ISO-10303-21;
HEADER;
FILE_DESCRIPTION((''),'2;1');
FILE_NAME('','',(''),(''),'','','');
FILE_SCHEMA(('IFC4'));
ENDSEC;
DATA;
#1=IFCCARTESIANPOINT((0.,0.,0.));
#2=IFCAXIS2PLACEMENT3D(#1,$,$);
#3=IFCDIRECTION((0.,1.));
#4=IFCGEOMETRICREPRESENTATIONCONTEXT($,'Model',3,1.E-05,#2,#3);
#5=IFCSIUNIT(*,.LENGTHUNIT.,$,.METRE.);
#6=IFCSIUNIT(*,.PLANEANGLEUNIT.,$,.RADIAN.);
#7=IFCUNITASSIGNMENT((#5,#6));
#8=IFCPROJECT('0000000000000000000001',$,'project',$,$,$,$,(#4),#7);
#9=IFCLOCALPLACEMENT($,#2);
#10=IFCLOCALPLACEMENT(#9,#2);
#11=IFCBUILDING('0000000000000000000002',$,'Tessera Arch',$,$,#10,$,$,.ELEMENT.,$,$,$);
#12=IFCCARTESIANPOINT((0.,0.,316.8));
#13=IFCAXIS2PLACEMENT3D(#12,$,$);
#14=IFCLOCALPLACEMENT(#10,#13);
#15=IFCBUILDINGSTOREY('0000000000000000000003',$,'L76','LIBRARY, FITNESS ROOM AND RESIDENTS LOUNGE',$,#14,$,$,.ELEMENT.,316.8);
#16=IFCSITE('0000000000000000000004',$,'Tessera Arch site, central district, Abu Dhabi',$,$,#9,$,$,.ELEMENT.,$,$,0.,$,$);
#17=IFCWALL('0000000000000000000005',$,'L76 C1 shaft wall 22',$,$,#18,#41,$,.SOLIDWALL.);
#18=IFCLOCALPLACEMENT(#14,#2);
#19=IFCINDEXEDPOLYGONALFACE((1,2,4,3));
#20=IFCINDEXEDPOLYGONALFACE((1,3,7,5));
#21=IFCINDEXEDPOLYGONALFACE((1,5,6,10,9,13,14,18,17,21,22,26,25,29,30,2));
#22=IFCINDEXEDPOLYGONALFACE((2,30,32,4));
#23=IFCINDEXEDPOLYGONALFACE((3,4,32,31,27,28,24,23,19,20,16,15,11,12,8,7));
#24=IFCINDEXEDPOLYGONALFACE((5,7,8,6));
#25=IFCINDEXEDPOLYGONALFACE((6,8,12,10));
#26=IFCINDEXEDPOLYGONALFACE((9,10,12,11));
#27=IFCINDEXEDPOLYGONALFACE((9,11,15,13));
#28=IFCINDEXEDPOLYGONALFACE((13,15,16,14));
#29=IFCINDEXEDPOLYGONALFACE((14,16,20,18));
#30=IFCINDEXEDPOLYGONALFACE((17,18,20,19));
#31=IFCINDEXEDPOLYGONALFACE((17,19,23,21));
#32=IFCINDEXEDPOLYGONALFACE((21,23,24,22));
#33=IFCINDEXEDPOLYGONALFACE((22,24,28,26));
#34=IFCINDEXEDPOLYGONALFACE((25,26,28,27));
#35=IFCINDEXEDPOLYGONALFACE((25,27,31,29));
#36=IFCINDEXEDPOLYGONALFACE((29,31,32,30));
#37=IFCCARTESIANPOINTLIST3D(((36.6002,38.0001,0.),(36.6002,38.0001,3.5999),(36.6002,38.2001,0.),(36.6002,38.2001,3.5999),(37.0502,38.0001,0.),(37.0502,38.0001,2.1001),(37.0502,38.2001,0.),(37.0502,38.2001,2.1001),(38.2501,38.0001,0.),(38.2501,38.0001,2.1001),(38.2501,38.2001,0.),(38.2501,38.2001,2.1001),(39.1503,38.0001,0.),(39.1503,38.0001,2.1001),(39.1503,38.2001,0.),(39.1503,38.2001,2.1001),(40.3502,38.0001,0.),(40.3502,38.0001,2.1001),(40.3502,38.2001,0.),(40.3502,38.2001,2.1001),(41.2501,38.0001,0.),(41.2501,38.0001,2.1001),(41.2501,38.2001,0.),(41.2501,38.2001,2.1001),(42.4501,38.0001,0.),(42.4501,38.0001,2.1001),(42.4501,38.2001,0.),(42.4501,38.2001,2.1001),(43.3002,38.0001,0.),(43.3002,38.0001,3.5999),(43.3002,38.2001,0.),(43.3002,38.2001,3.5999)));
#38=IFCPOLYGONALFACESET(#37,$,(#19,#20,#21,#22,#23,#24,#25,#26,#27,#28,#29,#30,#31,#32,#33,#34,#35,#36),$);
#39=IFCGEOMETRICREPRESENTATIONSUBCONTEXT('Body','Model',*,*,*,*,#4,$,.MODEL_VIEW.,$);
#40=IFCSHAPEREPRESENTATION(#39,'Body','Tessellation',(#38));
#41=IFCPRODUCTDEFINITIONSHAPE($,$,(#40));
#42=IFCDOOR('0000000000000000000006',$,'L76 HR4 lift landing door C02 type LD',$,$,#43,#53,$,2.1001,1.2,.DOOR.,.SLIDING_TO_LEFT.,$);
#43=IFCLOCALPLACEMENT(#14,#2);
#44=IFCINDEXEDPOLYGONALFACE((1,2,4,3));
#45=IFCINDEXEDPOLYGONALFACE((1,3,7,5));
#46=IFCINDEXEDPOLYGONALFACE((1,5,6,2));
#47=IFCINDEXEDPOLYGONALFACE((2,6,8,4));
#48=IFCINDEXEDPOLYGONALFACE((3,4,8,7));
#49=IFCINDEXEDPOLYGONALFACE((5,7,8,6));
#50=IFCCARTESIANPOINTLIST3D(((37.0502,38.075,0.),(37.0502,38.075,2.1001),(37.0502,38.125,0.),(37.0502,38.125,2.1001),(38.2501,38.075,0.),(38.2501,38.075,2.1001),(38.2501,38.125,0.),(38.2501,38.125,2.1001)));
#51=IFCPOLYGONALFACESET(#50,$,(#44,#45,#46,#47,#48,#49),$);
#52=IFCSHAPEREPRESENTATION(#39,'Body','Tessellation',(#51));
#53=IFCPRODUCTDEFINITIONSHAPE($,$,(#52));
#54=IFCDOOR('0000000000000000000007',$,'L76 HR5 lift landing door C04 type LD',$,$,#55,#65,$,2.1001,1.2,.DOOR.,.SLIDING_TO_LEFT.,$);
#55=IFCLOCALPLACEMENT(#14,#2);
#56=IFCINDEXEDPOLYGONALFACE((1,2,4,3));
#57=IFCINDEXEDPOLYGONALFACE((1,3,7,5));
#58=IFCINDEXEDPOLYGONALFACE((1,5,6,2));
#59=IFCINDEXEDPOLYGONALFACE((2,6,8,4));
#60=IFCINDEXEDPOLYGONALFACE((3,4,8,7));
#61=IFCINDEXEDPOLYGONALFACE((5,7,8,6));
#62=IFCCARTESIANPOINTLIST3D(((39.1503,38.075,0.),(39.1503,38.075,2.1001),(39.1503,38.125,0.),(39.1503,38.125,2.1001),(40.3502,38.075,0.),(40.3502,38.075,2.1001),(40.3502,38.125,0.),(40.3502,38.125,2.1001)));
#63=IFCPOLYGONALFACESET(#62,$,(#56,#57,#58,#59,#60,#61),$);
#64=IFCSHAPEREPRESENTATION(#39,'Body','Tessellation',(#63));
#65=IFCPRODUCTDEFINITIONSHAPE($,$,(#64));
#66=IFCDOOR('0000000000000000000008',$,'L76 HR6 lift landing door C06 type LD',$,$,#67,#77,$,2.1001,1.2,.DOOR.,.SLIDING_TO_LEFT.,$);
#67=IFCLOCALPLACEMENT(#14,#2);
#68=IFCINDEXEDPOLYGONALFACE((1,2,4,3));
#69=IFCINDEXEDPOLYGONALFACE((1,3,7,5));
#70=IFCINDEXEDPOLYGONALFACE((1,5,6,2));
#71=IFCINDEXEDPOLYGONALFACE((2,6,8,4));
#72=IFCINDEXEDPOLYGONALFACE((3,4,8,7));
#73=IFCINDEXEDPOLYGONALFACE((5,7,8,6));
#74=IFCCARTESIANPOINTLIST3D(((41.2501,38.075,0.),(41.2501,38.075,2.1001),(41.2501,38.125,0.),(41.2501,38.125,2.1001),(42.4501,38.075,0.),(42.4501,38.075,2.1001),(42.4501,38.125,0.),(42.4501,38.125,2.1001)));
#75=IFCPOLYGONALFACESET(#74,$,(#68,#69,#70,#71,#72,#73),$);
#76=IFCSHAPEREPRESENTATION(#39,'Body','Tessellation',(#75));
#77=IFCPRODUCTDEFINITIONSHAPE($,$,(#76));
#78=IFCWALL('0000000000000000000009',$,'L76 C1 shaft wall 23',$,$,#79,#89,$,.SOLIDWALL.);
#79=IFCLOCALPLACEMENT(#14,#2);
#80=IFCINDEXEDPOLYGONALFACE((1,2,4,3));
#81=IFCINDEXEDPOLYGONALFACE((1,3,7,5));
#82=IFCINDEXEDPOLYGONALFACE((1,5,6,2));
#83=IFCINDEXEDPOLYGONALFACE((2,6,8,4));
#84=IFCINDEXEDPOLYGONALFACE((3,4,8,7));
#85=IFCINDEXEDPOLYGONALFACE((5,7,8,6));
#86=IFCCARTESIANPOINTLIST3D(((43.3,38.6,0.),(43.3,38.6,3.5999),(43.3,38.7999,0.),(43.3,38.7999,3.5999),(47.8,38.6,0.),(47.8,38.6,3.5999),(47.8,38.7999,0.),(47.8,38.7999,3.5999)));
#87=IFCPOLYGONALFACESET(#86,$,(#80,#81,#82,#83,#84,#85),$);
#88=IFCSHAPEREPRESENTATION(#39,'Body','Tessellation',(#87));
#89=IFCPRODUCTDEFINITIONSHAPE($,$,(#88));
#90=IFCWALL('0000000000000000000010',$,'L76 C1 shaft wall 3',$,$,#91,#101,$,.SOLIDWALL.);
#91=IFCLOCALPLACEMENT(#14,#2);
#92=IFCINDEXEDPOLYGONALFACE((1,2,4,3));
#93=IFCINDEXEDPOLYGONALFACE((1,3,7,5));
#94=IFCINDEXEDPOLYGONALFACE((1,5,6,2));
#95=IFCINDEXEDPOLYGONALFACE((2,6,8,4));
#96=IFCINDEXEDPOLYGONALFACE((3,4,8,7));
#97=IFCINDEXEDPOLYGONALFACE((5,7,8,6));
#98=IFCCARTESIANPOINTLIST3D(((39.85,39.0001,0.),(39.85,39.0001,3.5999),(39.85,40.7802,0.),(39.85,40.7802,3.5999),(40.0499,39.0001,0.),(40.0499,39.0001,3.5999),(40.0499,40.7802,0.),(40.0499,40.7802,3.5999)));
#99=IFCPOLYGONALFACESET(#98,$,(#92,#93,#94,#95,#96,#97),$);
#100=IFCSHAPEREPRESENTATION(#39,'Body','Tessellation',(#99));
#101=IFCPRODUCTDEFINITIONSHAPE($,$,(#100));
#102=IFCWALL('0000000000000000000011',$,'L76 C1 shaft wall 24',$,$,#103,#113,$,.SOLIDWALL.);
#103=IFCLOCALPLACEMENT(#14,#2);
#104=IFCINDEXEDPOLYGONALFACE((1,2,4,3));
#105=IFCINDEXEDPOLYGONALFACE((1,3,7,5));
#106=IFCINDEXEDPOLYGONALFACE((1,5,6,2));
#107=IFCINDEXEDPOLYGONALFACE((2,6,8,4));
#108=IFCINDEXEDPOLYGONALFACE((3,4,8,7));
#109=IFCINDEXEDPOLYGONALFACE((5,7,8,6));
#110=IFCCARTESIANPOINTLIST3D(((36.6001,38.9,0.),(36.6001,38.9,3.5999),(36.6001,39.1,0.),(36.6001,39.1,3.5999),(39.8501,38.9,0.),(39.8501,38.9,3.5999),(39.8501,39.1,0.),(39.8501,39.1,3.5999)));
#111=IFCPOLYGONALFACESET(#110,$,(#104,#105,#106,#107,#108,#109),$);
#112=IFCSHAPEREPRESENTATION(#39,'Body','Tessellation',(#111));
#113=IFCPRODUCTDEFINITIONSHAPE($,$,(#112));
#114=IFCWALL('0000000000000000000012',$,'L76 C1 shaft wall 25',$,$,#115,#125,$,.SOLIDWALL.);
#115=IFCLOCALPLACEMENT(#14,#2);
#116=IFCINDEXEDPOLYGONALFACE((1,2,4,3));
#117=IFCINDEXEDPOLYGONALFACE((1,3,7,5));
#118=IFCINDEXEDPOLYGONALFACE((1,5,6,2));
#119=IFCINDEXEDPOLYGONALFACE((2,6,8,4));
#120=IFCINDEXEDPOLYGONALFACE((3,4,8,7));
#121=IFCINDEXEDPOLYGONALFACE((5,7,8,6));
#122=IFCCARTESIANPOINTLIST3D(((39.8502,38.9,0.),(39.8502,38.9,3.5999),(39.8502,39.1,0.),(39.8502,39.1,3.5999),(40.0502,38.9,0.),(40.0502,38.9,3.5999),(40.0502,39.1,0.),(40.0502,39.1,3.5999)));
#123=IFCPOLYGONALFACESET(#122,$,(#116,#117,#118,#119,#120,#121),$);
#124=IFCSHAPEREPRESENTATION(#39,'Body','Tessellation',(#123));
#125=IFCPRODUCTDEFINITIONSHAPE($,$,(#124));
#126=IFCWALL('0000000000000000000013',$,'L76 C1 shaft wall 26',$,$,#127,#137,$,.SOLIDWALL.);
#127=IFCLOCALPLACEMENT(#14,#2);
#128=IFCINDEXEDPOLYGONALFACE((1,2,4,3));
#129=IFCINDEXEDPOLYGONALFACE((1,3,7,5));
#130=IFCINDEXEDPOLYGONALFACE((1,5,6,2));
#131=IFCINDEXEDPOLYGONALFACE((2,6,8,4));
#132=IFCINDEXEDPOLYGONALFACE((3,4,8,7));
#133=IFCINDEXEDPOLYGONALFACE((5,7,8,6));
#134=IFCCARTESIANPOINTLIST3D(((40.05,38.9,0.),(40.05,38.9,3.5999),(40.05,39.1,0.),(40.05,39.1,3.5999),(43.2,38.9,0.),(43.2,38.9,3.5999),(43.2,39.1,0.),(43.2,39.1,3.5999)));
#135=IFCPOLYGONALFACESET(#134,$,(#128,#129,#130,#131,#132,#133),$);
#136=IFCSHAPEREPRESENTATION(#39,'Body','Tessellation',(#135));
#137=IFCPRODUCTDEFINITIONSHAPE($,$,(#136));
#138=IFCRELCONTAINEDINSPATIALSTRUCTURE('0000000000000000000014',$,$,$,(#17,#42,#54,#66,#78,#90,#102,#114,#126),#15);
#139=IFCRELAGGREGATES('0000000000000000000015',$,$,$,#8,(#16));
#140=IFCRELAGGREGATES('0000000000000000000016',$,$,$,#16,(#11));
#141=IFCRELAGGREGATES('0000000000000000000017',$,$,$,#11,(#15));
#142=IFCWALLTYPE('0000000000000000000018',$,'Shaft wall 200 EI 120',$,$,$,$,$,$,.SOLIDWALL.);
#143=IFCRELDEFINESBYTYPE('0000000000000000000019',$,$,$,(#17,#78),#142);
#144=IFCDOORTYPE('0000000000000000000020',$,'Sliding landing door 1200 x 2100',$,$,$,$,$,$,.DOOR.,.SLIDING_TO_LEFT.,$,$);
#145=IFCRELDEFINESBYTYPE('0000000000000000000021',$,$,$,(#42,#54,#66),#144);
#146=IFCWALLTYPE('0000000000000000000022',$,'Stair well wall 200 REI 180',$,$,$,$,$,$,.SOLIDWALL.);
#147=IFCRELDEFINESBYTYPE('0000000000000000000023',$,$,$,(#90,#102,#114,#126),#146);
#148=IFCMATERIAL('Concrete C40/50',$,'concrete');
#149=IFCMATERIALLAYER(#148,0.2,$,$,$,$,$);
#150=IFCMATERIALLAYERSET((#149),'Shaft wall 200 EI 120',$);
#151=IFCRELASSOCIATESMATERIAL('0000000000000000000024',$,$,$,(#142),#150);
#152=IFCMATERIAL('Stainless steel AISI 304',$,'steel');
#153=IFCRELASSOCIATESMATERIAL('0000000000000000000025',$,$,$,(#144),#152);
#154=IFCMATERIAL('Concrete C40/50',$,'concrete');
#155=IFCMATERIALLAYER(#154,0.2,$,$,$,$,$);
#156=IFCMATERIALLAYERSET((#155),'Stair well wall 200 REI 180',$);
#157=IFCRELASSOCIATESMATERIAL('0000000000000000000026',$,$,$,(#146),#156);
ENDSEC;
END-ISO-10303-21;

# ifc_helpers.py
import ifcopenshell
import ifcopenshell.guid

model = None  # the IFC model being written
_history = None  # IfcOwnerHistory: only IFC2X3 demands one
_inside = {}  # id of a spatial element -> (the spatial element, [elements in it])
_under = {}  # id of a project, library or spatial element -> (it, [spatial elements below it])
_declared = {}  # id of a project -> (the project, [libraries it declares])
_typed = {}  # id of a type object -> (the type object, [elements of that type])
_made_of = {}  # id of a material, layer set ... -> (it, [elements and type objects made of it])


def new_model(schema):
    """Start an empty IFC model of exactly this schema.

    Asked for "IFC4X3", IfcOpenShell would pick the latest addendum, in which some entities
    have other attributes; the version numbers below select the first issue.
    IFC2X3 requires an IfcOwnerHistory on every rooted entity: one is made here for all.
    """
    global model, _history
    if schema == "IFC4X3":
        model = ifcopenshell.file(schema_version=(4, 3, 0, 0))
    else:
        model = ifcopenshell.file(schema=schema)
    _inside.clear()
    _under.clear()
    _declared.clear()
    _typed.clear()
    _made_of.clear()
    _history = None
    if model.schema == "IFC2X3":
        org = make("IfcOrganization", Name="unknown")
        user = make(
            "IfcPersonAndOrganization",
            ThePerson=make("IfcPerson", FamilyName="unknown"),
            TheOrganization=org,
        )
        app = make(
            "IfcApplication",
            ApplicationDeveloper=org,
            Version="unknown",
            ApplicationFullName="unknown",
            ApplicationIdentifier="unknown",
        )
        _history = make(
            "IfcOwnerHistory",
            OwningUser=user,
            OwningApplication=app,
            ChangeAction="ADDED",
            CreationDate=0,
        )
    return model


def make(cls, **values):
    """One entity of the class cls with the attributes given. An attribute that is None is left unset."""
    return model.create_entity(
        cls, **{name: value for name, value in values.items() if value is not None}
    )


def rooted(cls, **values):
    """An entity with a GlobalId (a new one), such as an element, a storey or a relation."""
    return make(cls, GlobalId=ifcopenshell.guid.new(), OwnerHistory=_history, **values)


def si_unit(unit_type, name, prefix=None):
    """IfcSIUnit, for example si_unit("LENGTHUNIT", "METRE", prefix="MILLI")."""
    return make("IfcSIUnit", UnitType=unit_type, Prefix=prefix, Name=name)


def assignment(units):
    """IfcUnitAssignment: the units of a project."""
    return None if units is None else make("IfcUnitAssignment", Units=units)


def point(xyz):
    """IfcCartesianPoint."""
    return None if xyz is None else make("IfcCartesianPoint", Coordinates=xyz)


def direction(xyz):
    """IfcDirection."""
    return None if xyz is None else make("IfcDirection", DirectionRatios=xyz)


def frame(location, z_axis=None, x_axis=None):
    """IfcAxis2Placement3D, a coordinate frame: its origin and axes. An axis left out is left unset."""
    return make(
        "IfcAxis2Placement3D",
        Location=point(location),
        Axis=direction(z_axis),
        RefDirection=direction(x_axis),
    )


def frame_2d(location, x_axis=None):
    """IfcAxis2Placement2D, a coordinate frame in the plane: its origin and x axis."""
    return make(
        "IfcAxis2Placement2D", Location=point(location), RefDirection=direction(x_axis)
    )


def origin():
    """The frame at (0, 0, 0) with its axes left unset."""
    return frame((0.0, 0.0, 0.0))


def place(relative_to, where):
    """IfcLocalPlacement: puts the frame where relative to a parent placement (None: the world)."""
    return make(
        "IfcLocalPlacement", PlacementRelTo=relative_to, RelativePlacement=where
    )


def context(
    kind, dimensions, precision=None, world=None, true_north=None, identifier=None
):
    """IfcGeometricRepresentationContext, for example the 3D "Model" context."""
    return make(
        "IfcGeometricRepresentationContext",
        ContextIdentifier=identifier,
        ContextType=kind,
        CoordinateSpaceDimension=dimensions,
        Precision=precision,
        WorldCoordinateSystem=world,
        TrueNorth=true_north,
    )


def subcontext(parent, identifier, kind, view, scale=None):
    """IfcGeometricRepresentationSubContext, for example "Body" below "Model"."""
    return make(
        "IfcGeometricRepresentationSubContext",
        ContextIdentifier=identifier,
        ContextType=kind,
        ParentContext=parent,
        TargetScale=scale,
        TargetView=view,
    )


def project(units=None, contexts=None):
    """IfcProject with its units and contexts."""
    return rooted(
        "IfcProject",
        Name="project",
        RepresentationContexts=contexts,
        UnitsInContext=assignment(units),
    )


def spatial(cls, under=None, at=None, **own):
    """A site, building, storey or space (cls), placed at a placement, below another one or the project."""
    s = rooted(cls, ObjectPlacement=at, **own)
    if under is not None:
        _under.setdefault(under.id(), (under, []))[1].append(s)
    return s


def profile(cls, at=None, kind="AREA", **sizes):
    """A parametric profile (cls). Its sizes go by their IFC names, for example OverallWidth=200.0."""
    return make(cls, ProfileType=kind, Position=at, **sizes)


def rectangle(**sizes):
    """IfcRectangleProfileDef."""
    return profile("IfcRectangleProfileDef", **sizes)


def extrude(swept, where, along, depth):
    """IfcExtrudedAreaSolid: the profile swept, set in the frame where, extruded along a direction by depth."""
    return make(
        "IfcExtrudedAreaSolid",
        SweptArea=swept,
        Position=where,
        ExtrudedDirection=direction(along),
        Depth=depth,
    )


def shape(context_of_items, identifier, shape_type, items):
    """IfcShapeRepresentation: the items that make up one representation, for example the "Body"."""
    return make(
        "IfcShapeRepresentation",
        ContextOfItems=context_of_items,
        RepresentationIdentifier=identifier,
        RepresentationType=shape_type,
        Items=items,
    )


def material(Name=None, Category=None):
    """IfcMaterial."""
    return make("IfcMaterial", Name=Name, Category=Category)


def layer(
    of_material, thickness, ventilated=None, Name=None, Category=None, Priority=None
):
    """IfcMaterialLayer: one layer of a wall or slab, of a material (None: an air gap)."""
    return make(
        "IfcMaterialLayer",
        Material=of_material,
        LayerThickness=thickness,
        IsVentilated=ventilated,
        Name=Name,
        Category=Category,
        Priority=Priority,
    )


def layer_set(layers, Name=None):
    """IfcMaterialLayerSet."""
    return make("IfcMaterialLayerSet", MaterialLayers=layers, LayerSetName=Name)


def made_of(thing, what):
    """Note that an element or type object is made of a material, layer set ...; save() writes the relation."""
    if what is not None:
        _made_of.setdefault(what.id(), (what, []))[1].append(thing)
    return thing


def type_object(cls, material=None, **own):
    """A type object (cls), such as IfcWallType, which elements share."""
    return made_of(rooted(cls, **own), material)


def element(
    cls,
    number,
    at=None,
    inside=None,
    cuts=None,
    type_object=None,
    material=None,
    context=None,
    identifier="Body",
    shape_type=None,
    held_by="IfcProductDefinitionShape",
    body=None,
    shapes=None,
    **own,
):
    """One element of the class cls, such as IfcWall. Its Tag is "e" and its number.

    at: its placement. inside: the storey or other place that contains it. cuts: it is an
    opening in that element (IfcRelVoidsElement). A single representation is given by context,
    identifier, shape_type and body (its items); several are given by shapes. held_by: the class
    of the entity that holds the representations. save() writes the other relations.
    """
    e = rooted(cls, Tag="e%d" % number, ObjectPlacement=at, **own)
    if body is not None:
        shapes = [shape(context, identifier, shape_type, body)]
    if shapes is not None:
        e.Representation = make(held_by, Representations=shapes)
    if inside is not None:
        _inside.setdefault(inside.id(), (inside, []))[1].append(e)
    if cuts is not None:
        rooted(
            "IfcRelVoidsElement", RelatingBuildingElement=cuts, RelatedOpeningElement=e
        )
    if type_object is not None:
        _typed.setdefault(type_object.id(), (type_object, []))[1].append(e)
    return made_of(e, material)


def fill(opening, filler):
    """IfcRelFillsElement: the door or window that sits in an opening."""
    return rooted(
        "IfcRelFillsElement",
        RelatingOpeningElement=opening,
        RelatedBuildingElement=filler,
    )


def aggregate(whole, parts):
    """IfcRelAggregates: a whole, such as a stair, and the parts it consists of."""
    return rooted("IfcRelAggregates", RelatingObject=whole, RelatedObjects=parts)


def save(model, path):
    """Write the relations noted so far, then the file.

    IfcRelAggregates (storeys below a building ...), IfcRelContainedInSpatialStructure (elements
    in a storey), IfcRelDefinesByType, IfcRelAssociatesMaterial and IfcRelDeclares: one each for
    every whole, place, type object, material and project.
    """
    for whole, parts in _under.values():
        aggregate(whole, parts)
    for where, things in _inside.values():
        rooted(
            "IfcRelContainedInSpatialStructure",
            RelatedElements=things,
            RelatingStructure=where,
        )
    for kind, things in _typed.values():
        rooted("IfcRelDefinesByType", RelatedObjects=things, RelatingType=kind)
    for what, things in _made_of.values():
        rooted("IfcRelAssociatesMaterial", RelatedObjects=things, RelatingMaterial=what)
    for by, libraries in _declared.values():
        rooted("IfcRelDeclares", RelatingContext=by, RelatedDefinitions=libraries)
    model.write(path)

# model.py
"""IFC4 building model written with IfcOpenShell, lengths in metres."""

from ifc_helpers import new_model, si_unit, direction, frame, frame_2d, origin, place, context, subcontext, project, spatial, rectangle, extrude, material, layer, layer_set, type_object, element, fill, save


model = new_model("IFC4")

# Units and contexts
model_context = context("Model", 3, precision=1e-05, world=origin(), true_north=direction((0.0, 1.0)))
body_context = subcontext(model_context, "Body", "Model", "MODEL_VIEW")
ifc_project = project(units=[si_unit("LENGTHUNIT", "METRE"), si_unit("PLANEANGLEUNIT", "RADIAN")], contexts=[model_context])

# Site, building, storey
site_placement = place(None, origin())
site = spatial("IfcSite", under=ifc_project, at=site_placement, Name="Tessera Arch site, central district, Abu Dhabi", CompositionType="ELEMENT", RefElevation=0.0)
building_placement = place(site_placement, origin())
building = spatial("IfcBuilding", under=site, at=building_placement, Name="Tessera Arch", CompositionType="ELEMENT")
storey_placement = place(building_placement, frame((0.0, 0.0, 316.8)))
storey = spatial("IfcBuildingStorey", under=building, at=storey_placement, Name="L76", Description="LIBRARY, FITNESS ROOM AND RESIDENTS LOUNGE", CompositionType="ELEMENT", Elevation=316.8)

# Shared definitions
ifc_material_1 = material(Name="Concrete C40/50", Category="concrete")
ifc_layer_1 = layer(ifc_material_1, 0.2)
ifc_layer_set_1 = layer_set([ifc_layer_1], Name="Shaft wall 200 EI 120")
wall_type_1 = type_object("IfcWallType", Name="Shaft wall 200 EI 120", PredefinedType="SOLIDWALL", material=ifc_layer_set_1)

# Shared definitions
ifc_material_2 = material(Name="Stainless steel AISI 304", Category="steel")
door_type_1 = type_object("IfcDoorType", Name="Sliding landing door 1200 x 2100", OperationType="SLIDING_TO_LEFT", PredefinedType="DOOR", material=ifc_material_2)

# Wall, openings, doors
wall_1_placement = place(storey_placement, frame((36.6001, 38.1001, 0.0), z_axis=(0.0, 0.0, 1.0), x_axis=(1.0, 0.0, 0.0)))
wall_1 = element("IfcWall", 1, at=wall_1_placement, inside=storey, type_object=wall_type_1, Name="L76 C1 shaft wall 22", PredefinedType="SOLIDWALL", context=body_context, shape_type="SweptSolid", body=[
    extrude(rectangle(XDim=6.7, YDim=0.2, at=frame_2d((3.3501, 0.0))), origin(), (0.0, 0.0, 1.0), 3.5999),
])
opening_1_placement = place(wall_1_placement, frame((0.45, 0.0, 0.0)))
opening_1 = element("IfcOpeningElement", 2, at=opening_1_placement, cuts=wall_1, PredefinedType="OPENING", context=body_context, shape_type="SweptSolid", body=[
    extrude(rectangle(XDim=1.2, YDim=2.1001, at=frame_2d((0.6001, 1.05))), frame((0.0, 0.1099, 0.0), z_axis=(0.0, -1.0, 0.0), x_axis=(1.0, 0.0, 0.0)), (0.0, 0.0, 1.0), 0.22),
])
opening_2_placement = place(wall_1_placement, frame((2.55, 0.0, 0.0)))
opening_2 = element("IfcOpeningElement", 3, at=opening_2_placement, cuts=wall_1, PredefinedType="OPENING", context=body_context, shape_type="SweptSolid", body=[
    extrude(rectangle(XDim=1.2, YDim=2.1001, at=frame_2d((0.6001, 1.05))), frame((0.0, 0.1099, 0.0), z_axis=(0.0, -1.0, 0.0), x_axis=(1.0, 0.0, 0.0)), (0.0, 0.0, 1.0), 0.22),
])
opening_3_placement = place(wall_1_placement, frame((4.6499, 0.0, 0.0)))
opening_3 = element("IfcOpeningElement", 4, at=opening_3_placement, cuts=wall_1, PredefinedType="OPENING", context=body_context, shape_type="SweptSolid", body=[
    extrude(rectangle(XDim=1.2, YDim=2.1001, at=frame_2d((0.6001, 1.05))), frame((0.0, 0.1099, 0.0), z_axis=(0.0, -1.0, 0.0), x_axis=(1.0, 0.0, 0.0)), (0.0, 0.0, 1.0), 0.22),
])
door_1_placement = place(opening_1_placement, origin())
door_1 = element("IfcDoor", 5, at=door_1_placement, inside=storey, type_object=door_type_1, Name="L76 HR4 lift landing door C02 type LD", OperationType="SLIDING_TO_LEFT", OverallHeight=2.1001, OverallWidth=1.2, PredefinedType="DOOR", context=body_context, shape_type="SweptSolid", body=[
    extrude(rectangle(XDim=1.2, YDim=2.1001, at=frame_2d((0.6001, 1.05))), frame((0.0, 0.0249, 0.0), z_axis=(0.0, -1.0, 0.0), x_axis=(1.0, 0.0, 0.0)), (0.0, 0.0, 1.0), 0.05),
])
fill(opening_1, door_1)
door_2_placement = place(opening_2_placement, origin())
door_2 = element("IfcDoor", 6, at=door_2_placement, inside=storey, type_object=door_type_1, Name="L76 HR5 lift landing door C04 type LD", OperationType="SLIDING_TO_LEFT", OverallHeight=2.1001, OverallWidth=1.2, PredefinedType="DOOR", context=body_context, shape_type="SweptSolid", body=[
    extrude(rectangle(XDim=1.2, YDim=2.1001, at=frame_2d((0.6001, 1.05))), frame((0.0, 0.0249, 0.0), z_axis=(0.0, -1.0, 0.0), x_axis=(1.0, 0.0, 0.0)), (0.0, 0.0, 1.0), 0.05),
])
fill(opening_2, door_2)
door_3_placement = place(opening_3_placement, origin())
door_3 = element("IfcDoor", 7, at=door_3_placement, inside=storey, type_object=door_type_1, Name="L76 HR6 lift landing door C06 type LD", OperationType="SLIDING_TO_LEFT", OverallHeight=2.1001, OverallWidth=1.2, PredefinedType="DOOR", context=body_context, shape_type="SweptSolid", body=[
    extrude(rectangle(XDim=1.2, YDim=2.1001, at=frame_2d((0.6001, 1.05))), frame((0.0, 0.0249, 0.0), z_axis=(0.0, -1.0, 0.0), x_axis=(1.0, 0.0, 0.0)), (0.0, 0.0, 1.0), 0.05),
])
fill(opening_3, door_3)

# Walls
wall_2_placement = place(storey_placement, frame((43.3, 38.7, 0.0), z_axis=(0.0, 0.0, 1.0), x_axis=(1.0, 0.0, 0.0)))
element("IfcWall", 8, at=wall_2_placement, inside=storey, type_object=wall_type_1, Name="L76 C1 shaft wall 23", PredefinedType="SOLIDWALL", context=body_context, shape_type="SweptSolid", body=[
    extrude(rectangle(XDim=4.5, YDim=0.2, at=frame_2d((2.25, 0.0))), origin(), (0.0, 0.0, 1.0), 3.5999),
])
ifc_material_3 = material(Name="Concrete C40/50", Category="concrete")
ifc_layer_2 = layer(ifc_material_3, 0.2)
ifc_layer_set_2 = layer_set([ifc_layer_2], Name="Stair well wall 200 REI 180")
wall_type_2 = type_object("IfcWallType", Name="Stair well wall 200 REI 180", PredefinedType="SOLIDWALL", material=ifc_layer_set_2)
wall_3_placement = place(storey_placement, frame((39.95, 39.0, 0.0), z_axis=(0.0, 0.0, 1.0), x_axis=(0.0, 1.0, 0.0)))
element("IfcWall", 9, at=wall_3_placement, inside=storey, type_object=wall_type_2, Name="L76 C1 shaft wall 3", PredefinedType="SOLIDWALL", context=body_context, shape_type="SweptSolid", body=[
    extrude(rectangle(XDim=1.78, YDim=0.2, at=frame_2d((0.8901, 0.0))), origin(), (0.0, 0.0, 1.0), 3.5999),
])
wall_4_placement = place(storey_placement, frame((36.6001, 39.0, 0.0), z_axis=(0.0, 0.0, 1.0), x_axis=(1.0, 0.0, 0.0)))
element("IfcWall", 10, at=wall_4_placement, inside=storey, type_object=wall_type_2, Name="L76 C1 shaft wall 24", PredefinedType="SOLIDWALL", context=body_context, shape_type="SweptSolid", body=[
    extrude(rectangle(XDim=3.25, YDim=0.2, at=frame_2d((1.625, 0.0))), origin(), (0.0, 0.0, 1.0), 3.5999),
])
wall_5_placement = place(storey_placement, frame((39.8501, 39.0, 0.0), z_axis=(0.0, 0.0, 1.0), x_axis=(1.0, 0.0, 0.0)))
element("IfcWall", 11, at=wall_5_placement, inside=storey, type_object=wall_type_2, Name="L76 C1 shaft wall 25", PredefinedType="SOLIDWALL", context=body_context, shape_type="SweptSolid", body=[
    extrude(rectangle(XDim=0.2, YDim=0.2, at=frame_2d((0.1001, 0.0))), origin(), (0.0, 0.0, 1.0), 3.5999),
])
wall_6_placement = place(storey_placement, frame((40.05, 39.0, 0.0), z_axis=(0.0, 0.0, 1.0), x_axis=(1.0, 0.0, 0.0)))
element("IfcWall", 12, at=wall_6_placement, inside=storey, type_object=wall_type_2, Name="L76 C1 shaft wall 26", PredefinedType="SOLIDWALL", context=body_context, shape_type="SweptSolid", body=[
    extrude(rectangle(XDim=3.1499, YDim=0.2, at=frame_2d((1.575, 0.0))), origin(), (0.0, 0.0, 1.0), 3.5999),
])

save(model, "model.ifc")
